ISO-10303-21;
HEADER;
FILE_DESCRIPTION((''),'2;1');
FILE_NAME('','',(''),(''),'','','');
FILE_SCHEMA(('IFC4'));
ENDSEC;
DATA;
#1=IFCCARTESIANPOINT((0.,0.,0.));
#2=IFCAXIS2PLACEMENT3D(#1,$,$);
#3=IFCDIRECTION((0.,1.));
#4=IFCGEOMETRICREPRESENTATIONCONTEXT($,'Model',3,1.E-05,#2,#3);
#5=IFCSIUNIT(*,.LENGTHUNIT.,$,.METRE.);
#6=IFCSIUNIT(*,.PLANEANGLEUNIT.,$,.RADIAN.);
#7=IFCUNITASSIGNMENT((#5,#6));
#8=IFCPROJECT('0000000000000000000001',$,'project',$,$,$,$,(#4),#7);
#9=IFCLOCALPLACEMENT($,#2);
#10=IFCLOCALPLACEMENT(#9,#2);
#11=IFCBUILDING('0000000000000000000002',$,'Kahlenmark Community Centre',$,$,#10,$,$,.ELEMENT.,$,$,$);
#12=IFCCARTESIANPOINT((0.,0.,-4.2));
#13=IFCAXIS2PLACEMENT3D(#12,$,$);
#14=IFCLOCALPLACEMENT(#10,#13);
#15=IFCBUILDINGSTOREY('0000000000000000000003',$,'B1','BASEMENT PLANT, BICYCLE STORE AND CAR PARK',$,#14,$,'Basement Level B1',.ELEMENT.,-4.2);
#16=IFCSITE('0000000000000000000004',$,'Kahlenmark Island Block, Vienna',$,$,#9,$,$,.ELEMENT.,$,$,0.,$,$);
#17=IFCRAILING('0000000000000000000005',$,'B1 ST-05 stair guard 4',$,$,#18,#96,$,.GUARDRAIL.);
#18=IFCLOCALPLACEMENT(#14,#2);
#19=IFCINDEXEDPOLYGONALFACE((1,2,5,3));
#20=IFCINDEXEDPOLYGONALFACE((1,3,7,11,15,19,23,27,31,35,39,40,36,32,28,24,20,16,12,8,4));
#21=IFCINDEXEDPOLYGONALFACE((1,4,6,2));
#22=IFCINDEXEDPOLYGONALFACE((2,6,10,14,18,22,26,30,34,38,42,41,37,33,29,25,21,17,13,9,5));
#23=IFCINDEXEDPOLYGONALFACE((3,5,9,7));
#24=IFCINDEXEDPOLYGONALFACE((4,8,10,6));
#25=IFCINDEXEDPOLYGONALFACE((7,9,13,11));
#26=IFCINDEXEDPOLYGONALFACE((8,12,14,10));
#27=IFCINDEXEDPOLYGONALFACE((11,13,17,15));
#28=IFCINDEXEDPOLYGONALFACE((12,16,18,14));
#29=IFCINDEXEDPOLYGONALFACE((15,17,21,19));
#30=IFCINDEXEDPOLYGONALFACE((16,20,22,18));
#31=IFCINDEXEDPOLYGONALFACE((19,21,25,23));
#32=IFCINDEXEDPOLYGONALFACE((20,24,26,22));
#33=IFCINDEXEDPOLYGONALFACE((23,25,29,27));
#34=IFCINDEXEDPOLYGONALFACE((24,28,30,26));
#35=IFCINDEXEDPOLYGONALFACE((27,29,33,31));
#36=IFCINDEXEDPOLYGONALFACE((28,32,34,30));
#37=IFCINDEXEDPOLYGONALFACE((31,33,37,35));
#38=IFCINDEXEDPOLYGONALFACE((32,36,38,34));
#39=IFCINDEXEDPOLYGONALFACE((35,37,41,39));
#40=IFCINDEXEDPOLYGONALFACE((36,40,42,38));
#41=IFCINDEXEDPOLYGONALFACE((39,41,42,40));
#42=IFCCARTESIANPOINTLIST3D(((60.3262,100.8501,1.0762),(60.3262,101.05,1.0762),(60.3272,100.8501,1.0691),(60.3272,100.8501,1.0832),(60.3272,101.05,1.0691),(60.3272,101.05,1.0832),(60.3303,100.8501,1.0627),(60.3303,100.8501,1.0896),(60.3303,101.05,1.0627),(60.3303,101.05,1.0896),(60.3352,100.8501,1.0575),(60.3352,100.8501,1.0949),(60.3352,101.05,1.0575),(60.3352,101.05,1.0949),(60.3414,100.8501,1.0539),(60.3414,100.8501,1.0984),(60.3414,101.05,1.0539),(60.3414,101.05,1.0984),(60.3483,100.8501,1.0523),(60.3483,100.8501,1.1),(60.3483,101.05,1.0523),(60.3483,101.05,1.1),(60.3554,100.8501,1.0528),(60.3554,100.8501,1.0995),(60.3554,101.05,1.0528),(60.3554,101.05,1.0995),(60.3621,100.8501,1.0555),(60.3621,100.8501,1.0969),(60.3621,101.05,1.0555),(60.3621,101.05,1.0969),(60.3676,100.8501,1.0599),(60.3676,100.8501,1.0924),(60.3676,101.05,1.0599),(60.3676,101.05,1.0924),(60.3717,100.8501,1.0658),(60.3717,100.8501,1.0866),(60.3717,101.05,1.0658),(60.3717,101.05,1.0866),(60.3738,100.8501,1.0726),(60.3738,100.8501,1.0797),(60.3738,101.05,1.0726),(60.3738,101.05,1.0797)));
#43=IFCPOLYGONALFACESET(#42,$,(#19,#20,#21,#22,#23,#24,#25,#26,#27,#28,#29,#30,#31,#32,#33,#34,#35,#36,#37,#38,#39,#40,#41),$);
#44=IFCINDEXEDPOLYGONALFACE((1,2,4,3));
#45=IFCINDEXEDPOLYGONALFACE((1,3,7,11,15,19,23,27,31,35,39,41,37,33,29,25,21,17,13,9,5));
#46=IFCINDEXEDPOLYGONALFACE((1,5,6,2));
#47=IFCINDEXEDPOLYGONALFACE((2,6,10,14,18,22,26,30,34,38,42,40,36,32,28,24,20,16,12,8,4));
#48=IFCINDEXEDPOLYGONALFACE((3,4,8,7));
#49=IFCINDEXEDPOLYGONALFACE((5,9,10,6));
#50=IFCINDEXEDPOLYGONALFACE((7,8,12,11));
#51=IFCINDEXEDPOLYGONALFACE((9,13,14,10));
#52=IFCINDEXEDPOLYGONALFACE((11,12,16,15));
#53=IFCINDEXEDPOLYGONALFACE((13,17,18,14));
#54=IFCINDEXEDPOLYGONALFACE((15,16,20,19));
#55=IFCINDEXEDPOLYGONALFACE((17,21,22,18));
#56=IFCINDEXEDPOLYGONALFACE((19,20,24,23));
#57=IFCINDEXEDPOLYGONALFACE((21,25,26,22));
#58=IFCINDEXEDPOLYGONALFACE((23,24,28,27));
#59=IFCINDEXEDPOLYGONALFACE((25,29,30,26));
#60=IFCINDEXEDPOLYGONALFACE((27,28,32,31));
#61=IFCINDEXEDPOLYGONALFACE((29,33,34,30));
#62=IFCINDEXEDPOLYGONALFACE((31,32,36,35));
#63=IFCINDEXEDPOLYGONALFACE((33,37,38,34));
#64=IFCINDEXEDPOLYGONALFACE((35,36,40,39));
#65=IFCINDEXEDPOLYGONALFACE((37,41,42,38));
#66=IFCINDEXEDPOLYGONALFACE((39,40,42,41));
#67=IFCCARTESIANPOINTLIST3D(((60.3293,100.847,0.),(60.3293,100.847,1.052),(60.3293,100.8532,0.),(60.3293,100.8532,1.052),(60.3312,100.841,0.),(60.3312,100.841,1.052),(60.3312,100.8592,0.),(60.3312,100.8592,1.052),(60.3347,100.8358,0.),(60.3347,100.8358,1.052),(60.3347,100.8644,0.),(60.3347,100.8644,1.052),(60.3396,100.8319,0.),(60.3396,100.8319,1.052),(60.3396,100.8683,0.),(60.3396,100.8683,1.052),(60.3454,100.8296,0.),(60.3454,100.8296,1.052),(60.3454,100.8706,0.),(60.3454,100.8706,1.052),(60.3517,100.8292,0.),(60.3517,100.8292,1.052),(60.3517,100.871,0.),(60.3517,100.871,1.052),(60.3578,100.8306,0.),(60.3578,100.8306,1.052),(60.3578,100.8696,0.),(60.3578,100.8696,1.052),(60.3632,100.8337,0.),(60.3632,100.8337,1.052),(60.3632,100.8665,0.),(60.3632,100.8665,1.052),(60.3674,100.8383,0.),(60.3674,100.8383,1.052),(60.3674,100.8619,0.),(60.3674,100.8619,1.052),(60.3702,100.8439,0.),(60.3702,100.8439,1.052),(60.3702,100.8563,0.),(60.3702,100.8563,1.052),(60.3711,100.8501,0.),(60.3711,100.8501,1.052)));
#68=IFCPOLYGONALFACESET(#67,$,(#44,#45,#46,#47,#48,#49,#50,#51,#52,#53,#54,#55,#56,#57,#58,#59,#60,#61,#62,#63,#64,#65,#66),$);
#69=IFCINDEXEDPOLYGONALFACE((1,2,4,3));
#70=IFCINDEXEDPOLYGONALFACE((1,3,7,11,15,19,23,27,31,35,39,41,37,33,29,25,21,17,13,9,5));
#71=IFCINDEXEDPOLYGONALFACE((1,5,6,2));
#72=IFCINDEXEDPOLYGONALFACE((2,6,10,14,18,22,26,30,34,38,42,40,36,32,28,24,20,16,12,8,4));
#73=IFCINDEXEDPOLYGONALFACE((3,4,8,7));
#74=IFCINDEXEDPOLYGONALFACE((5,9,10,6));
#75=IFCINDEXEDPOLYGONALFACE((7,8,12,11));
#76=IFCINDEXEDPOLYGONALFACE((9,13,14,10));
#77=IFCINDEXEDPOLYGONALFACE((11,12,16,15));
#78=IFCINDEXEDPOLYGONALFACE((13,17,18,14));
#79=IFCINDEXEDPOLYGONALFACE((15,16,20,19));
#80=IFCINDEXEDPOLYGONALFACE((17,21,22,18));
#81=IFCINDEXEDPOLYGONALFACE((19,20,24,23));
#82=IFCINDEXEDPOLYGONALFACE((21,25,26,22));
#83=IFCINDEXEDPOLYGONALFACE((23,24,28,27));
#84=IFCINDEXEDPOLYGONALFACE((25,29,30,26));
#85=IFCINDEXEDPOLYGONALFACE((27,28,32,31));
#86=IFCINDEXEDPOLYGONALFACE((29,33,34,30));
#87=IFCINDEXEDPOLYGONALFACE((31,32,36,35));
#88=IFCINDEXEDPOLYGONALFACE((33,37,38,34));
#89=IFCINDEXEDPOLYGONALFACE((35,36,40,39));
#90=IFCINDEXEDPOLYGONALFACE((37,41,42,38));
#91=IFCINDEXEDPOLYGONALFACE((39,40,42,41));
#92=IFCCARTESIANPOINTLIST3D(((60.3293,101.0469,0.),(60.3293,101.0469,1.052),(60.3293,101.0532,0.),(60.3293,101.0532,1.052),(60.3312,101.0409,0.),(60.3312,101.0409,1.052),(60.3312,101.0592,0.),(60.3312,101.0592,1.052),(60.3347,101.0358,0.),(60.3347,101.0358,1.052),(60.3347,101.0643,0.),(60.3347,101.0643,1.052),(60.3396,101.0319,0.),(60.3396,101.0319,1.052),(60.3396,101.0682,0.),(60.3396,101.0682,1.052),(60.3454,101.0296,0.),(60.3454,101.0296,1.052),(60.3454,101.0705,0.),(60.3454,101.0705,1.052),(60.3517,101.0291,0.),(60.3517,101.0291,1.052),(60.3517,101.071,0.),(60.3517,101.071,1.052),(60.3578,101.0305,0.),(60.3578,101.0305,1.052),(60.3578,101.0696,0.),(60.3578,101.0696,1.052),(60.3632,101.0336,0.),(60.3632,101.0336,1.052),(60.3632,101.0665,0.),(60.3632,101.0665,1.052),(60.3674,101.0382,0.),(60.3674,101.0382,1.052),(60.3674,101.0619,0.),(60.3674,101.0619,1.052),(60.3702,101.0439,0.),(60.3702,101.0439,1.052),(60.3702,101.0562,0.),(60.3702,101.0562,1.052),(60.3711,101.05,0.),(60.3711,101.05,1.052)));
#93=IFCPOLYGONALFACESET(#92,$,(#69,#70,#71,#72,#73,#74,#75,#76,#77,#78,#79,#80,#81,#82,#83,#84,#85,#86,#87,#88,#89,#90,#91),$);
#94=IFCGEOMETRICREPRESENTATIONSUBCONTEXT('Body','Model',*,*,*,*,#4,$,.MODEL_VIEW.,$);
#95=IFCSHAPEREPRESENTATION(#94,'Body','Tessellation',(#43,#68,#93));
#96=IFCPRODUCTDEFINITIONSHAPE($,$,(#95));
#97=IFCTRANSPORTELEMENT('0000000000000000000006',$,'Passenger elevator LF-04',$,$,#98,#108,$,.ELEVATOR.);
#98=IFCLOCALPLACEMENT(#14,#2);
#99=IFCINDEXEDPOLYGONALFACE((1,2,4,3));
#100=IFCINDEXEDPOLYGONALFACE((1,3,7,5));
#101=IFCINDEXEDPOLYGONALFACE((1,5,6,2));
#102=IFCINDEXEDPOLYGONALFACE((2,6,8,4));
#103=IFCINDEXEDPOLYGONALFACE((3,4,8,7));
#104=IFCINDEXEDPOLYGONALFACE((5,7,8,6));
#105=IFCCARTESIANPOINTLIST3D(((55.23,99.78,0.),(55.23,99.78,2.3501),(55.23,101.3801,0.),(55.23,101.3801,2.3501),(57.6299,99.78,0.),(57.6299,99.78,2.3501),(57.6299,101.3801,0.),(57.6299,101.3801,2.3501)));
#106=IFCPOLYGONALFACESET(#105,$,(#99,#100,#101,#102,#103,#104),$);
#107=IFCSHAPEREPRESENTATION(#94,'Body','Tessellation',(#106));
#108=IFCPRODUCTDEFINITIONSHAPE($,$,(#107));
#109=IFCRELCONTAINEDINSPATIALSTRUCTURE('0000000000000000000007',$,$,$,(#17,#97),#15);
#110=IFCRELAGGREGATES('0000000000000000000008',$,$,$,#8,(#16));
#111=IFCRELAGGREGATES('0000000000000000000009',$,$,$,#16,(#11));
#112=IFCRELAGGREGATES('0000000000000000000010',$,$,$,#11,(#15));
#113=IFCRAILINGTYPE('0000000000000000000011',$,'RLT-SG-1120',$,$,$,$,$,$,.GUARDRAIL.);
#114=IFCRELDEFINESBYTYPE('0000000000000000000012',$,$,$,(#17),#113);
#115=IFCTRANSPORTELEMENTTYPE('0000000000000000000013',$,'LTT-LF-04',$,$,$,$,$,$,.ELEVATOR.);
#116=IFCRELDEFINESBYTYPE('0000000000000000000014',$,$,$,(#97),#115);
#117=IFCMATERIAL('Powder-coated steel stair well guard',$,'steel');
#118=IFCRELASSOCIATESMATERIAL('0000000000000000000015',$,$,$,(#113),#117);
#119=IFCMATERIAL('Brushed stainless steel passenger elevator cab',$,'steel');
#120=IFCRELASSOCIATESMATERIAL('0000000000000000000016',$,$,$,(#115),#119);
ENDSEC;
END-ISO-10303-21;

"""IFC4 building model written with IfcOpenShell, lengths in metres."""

from ifc_helpers import new_model, si_unit, direction, frame, origin, origin_2d, place, context, subcontext, project, spatial, rectangle, circle, extrude, material, type_object, element, save


model = new_model("IFC4")

# Units and contexts
model_context = context("Model", 3, precision=1e-05, world=origin(), true_north=direction((0.0, 1.0)))
body_context = subcontext(model_context, "Body", "Model", "MODEL_VIEW")
ifc_project = project(units=[si_unit("LENGTHUNIT", "METRE"), si_unit("PLANEANGLEUNIT", "RADIAN")], contexts=[model_context])

# Site, building, storey
site_placement = place(None, origin())
site = spatial("IfcSite", under=ifc_project, at=site_placement, Name="Kahlenmark Island Block, Vienna", CompositionType="ELEMENT", RefElevation=0.0)
building_placement = place(site_placement, origin())
building = spatial("IfcBuilding", under=site, at=building_placement, Name="Kahlenmark Community Centre", CompositionType="ELEMENT")
storey_placement = place(building_placement, frame((0.0, 0.0, -4.2)))
storey = spatial("IfcBuildingStorey", under=building, at=storey_placement, Name="B1", Description="BASEMENT PLANT, BICYCLE STORE AND CAR PARK", LongName="Basement Level B1", CompositionType="ELEMENT", Elevation=-4.2)

# Railing
ifc_material_1 = material(Name="Powder-coated steel stair well guard", Category="steel")
railing_type_1 = type_object("IfcRailingType", Name="RLT-SG-1120", PredefinedType="GUARDRAIL", material=ifc_material_1)
railing_1_placement = place(storey_placement, frame((60.3501, 100.8501, 0.0)))
element("IfcRailing", 1, at=railing_1_placement, inside=storey, type_object=railing_type_1, Name="B1 ST-05 stair guard 4", PredefinedType="GUARDRAIL", context=body_context, shape_type="SweptSolid", body=[
    extrude(circle(Radius=0.0239, at=origin_2d()), frame((0.0, 0.0, 1.0762), z_axis=(0.0, 1.0, 0.0), x_axis=(-1.0, 0.0, 0.0)), (0.0, 0.0, 1.0), 0.2),
    extrude(circle(Radius=0.021, at=origin_2d()), origin(), (0.0, 0.0, 1.0), 1.052),
    extrude(circle(Radius=0.021, at=origin_2d()), frame((0.0, 0.2, 0.0)), (0.0, 0.0, 1.0), 1.052),
])

# Transport element
ifc_material_2 = material(Name="Brushed stainless steel passenger elevator cab", Category="steel")
transport_element_type = type_object("IfcTransportElementType", Name="LTT-LF-04", PredefinedType="ELEVATOR", material=ifc_material_2)
transport_element_placement = place(storey_placement, frame((56.4299, 100.5801, 0.0), z_axis=(0.0, 0.0, 1.0), x_axis=(1.0, 0.0, 0.0)))
element("IfcTransportElement", 2, at=transport_element_placement, inside=storey, type_object=transport_element_type, Name="Passenger elevator LF-04", PredefinedType="ELEVATOR", context=body_context, shape_type="SweptSolid", body=[
    extrude(rectangle(XDim=2.3999, YDim=1.6001, at=origin_2d()), origin(), (0.0, 0.0, 1.0), 2.3501),
])

save(model, "model.ifc")
